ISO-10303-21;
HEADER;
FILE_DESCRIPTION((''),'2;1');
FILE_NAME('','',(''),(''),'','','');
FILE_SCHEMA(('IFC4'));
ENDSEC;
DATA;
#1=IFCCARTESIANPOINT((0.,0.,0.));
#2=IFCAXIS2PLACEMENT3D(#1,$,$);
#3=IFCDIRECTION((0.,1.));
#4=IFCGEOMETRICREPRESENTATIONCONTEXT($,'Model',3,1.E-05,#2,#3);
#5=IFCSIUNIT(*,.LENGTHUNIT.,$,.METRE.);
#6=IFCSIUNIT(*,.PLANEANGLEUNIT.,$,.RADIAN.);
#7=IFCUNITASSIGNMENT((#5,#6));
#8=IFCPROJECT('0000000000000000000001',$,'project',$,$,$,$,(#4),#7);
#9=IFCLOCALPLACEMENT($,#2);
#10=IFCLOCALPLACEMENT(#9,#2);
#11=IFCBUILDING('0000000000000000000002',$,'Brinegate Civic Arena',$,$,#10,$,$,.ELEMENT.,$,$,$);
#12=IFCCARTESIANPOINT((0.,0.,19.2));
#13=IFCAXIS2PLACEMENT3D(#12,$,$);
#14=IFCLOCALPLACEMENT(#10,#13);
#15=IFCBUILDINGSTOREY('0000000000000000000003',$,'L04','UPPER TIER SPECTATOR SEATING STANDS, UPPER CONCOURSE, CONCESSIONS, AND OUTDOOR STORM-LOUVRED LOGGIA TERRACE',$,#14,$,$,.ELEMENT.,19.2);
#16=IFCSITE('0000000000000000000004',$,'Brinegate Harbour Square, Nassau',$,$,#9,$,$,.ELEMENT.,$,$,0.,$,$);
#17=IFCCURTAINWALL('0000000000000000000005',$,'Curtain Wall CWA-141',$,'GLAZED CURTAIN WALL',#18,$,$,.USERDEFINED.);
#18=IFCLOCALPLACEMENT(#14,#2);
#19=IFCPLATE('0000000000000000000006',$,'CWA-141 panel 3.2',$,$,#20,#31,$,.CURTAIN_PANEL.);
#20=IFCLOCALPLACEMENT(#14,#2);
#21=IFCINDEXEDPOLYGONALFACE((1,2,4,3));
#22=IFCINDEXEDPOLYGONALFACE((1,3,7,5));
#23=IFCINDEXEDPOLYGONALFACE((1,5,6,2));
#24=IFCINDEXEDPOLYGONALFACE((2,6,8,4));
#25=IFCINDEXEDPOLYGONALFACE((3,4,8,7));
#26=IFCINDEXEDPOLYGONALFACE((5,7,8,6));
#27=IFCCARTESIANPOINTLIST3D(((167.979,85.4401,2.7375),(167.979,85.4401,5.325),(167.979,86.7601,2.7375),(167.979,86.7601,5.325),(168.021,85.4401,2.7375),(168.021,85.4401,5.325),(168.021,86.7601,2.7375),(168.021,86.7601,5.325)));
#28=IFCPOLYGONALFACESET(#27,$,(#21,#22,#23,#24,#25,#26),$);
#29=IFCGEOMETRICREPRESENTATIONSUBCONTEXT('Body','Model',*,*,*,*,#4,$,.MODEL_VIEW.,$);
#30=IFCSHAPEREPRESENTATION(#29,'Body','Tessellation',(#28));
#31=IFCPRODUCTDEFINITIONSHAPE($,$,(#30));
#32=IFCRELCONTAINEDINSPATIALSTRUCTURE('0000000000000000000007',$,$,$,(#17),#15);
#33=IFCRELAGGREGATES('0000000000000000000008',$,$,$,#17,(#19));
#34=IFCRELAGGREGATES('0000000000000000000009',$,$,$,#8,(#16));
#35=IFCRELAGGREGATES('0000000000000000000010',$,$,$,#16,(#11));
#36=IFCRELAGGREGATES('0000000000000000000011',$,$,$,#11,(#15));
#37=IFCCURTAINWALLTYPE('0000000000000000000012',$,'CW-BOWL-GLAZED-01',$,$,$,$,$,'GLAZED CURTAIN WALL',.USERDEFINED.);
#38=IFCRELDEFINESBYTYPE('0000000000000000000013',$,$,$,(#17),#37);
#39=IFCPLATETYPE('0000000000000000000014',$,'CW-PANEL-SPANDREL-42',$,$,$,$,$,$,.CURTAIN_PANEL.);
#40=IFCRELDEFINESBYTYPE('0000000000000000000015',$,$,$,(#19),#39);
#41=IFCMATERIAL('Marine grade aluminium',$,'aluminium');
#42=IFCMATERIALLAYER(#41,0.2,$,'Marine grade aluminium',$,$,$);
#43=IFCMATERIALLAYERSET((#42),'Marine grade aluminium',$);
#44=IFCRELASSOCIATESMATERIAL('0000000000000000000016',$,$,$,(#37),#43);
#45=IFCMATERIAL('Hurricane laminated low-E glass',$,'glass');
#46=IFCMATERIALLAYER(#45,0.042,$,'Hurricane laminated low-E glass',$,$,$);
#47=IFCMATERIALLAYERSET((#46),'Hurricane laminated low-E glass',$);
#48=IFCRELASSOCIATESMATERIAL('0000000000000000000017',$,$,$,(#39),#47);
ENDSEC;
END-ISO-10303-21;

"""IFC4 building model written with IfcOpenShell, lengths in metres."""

from ifc_helpers import new_model, si_unit, direction, frame, origin, origin_2d, place, context, subcontext, project, spatial, rectangle, extrude, material, layer, layer_set, type_object, element, aggregate, save


model = new_model("IFC4")

# Units and contexts
model_context = context("Model", 3, precision=1e-05, world=origin(), true_north=direction((0.0, 1.0)))
body_context = subcontext(model_context, "Body", "Model", "MODEL_VIEW")
ifc_project = project(units=[si_unit("LENGTHUNIT", "METRE"), si_unit("PLANEANGLEUNIT", "RADIAN")], contexts=[model_context])

# Site, building, storey
site_placement = place(None, origin())
site = spatial("IfcSite", under=ifc_project, at=site_placement, Name="Brinegate Harbour Square, Nassau", CompositionType="ELEMENT", RefElevation=0.0)
building_placement = place(site_placement, origin())
building = spatial("IfcBuilding", under=site, at=building_placement, Name="Brinegate Civic Arena", CompositionType="ELEMENT")
storey_placement = place(building_placement, frame((0.0, 0.0, 19.2)))
storey = spatial("IfcBuildingStorey", under=building, at=storey_placement, Name="L04", Description="UPPER TIER SPECTATOR SEATING STANDS, UPPER CONCOURSE, CONCESSIONS, AND OUTDOOR STORM-LOUVRED LOGGIA TERRACE", CompositionType="ELEMENT", Elevation=19.2)

# Curtain wall
ifc_material_1 = material(Name="Marine grade aluminium", Category="aluminium")
ifc_layer_1 = layer(ifc_material_1, 0.2, Name="Marine grade aluminium")
ifc_layer_set_1 = layer_set([ifc_layer_1], Name="Marine grade aluminium")
curtain_wall_type = type_object("IfcCurtainWallType", Name="CW-BOWL-GLAZED-01", ElementType="GLAZED CURTAIN WALL", PredefinedType="USERDEFINED", material=ifc_layer_set_1)
curtain_wall_placement = place(storey_placement, origin())
curtain_wall = element("IfcCurtainWall", 1, at=curtain_wall_placement, inside=storey, type_object=curtain_wall_type, Name="Curtain Wall CWA-141", ObjectType="GLAZED CURTAIN WALL", PredefinedType="USERDEFINED")

# Plate
ifc_material_2 = material(Name="Hurricane laminated low-E glass", Category="glass")
ifc_layer_2 = layer(ifc_material_2, 0.042, Name="Hurricane laminated low-E glass")
ifc_layer_set_2 = layer_set([ifc_layer_2], Name="Hurricane laminated low-E glass")
plate_type = type_object("IfcPlateType", Name="CW-PANEL-SPANDREL-42", PredefinedType="CURTAIN_PANEL", material=ifc_layer_set_2)
plate_1_placement = place(storey_placement, frame((168.0, 86.1001, 2.7375), z_axis=(0.0, 0.0, 1.0), x_axis=(0.0, 1.0, 0.0)))
plate_1 = element("IfcPlate", 2, at=plate_1_placement, type_object=plate_type, Name="CWA-141 panel 3.2", PredefinedType="CURTAIN_PANEL", context=body_context, shape_type="SweptSolid", body=[
    extrude(rectangle(XDim=1.3201, YDim=0.042, at=origin_2d()), origin(), (0.0, 0.0, 1.0), 2.5874),
])
aggregate(curtain_wall, [plate_1])

save(model, "model.ifc")
